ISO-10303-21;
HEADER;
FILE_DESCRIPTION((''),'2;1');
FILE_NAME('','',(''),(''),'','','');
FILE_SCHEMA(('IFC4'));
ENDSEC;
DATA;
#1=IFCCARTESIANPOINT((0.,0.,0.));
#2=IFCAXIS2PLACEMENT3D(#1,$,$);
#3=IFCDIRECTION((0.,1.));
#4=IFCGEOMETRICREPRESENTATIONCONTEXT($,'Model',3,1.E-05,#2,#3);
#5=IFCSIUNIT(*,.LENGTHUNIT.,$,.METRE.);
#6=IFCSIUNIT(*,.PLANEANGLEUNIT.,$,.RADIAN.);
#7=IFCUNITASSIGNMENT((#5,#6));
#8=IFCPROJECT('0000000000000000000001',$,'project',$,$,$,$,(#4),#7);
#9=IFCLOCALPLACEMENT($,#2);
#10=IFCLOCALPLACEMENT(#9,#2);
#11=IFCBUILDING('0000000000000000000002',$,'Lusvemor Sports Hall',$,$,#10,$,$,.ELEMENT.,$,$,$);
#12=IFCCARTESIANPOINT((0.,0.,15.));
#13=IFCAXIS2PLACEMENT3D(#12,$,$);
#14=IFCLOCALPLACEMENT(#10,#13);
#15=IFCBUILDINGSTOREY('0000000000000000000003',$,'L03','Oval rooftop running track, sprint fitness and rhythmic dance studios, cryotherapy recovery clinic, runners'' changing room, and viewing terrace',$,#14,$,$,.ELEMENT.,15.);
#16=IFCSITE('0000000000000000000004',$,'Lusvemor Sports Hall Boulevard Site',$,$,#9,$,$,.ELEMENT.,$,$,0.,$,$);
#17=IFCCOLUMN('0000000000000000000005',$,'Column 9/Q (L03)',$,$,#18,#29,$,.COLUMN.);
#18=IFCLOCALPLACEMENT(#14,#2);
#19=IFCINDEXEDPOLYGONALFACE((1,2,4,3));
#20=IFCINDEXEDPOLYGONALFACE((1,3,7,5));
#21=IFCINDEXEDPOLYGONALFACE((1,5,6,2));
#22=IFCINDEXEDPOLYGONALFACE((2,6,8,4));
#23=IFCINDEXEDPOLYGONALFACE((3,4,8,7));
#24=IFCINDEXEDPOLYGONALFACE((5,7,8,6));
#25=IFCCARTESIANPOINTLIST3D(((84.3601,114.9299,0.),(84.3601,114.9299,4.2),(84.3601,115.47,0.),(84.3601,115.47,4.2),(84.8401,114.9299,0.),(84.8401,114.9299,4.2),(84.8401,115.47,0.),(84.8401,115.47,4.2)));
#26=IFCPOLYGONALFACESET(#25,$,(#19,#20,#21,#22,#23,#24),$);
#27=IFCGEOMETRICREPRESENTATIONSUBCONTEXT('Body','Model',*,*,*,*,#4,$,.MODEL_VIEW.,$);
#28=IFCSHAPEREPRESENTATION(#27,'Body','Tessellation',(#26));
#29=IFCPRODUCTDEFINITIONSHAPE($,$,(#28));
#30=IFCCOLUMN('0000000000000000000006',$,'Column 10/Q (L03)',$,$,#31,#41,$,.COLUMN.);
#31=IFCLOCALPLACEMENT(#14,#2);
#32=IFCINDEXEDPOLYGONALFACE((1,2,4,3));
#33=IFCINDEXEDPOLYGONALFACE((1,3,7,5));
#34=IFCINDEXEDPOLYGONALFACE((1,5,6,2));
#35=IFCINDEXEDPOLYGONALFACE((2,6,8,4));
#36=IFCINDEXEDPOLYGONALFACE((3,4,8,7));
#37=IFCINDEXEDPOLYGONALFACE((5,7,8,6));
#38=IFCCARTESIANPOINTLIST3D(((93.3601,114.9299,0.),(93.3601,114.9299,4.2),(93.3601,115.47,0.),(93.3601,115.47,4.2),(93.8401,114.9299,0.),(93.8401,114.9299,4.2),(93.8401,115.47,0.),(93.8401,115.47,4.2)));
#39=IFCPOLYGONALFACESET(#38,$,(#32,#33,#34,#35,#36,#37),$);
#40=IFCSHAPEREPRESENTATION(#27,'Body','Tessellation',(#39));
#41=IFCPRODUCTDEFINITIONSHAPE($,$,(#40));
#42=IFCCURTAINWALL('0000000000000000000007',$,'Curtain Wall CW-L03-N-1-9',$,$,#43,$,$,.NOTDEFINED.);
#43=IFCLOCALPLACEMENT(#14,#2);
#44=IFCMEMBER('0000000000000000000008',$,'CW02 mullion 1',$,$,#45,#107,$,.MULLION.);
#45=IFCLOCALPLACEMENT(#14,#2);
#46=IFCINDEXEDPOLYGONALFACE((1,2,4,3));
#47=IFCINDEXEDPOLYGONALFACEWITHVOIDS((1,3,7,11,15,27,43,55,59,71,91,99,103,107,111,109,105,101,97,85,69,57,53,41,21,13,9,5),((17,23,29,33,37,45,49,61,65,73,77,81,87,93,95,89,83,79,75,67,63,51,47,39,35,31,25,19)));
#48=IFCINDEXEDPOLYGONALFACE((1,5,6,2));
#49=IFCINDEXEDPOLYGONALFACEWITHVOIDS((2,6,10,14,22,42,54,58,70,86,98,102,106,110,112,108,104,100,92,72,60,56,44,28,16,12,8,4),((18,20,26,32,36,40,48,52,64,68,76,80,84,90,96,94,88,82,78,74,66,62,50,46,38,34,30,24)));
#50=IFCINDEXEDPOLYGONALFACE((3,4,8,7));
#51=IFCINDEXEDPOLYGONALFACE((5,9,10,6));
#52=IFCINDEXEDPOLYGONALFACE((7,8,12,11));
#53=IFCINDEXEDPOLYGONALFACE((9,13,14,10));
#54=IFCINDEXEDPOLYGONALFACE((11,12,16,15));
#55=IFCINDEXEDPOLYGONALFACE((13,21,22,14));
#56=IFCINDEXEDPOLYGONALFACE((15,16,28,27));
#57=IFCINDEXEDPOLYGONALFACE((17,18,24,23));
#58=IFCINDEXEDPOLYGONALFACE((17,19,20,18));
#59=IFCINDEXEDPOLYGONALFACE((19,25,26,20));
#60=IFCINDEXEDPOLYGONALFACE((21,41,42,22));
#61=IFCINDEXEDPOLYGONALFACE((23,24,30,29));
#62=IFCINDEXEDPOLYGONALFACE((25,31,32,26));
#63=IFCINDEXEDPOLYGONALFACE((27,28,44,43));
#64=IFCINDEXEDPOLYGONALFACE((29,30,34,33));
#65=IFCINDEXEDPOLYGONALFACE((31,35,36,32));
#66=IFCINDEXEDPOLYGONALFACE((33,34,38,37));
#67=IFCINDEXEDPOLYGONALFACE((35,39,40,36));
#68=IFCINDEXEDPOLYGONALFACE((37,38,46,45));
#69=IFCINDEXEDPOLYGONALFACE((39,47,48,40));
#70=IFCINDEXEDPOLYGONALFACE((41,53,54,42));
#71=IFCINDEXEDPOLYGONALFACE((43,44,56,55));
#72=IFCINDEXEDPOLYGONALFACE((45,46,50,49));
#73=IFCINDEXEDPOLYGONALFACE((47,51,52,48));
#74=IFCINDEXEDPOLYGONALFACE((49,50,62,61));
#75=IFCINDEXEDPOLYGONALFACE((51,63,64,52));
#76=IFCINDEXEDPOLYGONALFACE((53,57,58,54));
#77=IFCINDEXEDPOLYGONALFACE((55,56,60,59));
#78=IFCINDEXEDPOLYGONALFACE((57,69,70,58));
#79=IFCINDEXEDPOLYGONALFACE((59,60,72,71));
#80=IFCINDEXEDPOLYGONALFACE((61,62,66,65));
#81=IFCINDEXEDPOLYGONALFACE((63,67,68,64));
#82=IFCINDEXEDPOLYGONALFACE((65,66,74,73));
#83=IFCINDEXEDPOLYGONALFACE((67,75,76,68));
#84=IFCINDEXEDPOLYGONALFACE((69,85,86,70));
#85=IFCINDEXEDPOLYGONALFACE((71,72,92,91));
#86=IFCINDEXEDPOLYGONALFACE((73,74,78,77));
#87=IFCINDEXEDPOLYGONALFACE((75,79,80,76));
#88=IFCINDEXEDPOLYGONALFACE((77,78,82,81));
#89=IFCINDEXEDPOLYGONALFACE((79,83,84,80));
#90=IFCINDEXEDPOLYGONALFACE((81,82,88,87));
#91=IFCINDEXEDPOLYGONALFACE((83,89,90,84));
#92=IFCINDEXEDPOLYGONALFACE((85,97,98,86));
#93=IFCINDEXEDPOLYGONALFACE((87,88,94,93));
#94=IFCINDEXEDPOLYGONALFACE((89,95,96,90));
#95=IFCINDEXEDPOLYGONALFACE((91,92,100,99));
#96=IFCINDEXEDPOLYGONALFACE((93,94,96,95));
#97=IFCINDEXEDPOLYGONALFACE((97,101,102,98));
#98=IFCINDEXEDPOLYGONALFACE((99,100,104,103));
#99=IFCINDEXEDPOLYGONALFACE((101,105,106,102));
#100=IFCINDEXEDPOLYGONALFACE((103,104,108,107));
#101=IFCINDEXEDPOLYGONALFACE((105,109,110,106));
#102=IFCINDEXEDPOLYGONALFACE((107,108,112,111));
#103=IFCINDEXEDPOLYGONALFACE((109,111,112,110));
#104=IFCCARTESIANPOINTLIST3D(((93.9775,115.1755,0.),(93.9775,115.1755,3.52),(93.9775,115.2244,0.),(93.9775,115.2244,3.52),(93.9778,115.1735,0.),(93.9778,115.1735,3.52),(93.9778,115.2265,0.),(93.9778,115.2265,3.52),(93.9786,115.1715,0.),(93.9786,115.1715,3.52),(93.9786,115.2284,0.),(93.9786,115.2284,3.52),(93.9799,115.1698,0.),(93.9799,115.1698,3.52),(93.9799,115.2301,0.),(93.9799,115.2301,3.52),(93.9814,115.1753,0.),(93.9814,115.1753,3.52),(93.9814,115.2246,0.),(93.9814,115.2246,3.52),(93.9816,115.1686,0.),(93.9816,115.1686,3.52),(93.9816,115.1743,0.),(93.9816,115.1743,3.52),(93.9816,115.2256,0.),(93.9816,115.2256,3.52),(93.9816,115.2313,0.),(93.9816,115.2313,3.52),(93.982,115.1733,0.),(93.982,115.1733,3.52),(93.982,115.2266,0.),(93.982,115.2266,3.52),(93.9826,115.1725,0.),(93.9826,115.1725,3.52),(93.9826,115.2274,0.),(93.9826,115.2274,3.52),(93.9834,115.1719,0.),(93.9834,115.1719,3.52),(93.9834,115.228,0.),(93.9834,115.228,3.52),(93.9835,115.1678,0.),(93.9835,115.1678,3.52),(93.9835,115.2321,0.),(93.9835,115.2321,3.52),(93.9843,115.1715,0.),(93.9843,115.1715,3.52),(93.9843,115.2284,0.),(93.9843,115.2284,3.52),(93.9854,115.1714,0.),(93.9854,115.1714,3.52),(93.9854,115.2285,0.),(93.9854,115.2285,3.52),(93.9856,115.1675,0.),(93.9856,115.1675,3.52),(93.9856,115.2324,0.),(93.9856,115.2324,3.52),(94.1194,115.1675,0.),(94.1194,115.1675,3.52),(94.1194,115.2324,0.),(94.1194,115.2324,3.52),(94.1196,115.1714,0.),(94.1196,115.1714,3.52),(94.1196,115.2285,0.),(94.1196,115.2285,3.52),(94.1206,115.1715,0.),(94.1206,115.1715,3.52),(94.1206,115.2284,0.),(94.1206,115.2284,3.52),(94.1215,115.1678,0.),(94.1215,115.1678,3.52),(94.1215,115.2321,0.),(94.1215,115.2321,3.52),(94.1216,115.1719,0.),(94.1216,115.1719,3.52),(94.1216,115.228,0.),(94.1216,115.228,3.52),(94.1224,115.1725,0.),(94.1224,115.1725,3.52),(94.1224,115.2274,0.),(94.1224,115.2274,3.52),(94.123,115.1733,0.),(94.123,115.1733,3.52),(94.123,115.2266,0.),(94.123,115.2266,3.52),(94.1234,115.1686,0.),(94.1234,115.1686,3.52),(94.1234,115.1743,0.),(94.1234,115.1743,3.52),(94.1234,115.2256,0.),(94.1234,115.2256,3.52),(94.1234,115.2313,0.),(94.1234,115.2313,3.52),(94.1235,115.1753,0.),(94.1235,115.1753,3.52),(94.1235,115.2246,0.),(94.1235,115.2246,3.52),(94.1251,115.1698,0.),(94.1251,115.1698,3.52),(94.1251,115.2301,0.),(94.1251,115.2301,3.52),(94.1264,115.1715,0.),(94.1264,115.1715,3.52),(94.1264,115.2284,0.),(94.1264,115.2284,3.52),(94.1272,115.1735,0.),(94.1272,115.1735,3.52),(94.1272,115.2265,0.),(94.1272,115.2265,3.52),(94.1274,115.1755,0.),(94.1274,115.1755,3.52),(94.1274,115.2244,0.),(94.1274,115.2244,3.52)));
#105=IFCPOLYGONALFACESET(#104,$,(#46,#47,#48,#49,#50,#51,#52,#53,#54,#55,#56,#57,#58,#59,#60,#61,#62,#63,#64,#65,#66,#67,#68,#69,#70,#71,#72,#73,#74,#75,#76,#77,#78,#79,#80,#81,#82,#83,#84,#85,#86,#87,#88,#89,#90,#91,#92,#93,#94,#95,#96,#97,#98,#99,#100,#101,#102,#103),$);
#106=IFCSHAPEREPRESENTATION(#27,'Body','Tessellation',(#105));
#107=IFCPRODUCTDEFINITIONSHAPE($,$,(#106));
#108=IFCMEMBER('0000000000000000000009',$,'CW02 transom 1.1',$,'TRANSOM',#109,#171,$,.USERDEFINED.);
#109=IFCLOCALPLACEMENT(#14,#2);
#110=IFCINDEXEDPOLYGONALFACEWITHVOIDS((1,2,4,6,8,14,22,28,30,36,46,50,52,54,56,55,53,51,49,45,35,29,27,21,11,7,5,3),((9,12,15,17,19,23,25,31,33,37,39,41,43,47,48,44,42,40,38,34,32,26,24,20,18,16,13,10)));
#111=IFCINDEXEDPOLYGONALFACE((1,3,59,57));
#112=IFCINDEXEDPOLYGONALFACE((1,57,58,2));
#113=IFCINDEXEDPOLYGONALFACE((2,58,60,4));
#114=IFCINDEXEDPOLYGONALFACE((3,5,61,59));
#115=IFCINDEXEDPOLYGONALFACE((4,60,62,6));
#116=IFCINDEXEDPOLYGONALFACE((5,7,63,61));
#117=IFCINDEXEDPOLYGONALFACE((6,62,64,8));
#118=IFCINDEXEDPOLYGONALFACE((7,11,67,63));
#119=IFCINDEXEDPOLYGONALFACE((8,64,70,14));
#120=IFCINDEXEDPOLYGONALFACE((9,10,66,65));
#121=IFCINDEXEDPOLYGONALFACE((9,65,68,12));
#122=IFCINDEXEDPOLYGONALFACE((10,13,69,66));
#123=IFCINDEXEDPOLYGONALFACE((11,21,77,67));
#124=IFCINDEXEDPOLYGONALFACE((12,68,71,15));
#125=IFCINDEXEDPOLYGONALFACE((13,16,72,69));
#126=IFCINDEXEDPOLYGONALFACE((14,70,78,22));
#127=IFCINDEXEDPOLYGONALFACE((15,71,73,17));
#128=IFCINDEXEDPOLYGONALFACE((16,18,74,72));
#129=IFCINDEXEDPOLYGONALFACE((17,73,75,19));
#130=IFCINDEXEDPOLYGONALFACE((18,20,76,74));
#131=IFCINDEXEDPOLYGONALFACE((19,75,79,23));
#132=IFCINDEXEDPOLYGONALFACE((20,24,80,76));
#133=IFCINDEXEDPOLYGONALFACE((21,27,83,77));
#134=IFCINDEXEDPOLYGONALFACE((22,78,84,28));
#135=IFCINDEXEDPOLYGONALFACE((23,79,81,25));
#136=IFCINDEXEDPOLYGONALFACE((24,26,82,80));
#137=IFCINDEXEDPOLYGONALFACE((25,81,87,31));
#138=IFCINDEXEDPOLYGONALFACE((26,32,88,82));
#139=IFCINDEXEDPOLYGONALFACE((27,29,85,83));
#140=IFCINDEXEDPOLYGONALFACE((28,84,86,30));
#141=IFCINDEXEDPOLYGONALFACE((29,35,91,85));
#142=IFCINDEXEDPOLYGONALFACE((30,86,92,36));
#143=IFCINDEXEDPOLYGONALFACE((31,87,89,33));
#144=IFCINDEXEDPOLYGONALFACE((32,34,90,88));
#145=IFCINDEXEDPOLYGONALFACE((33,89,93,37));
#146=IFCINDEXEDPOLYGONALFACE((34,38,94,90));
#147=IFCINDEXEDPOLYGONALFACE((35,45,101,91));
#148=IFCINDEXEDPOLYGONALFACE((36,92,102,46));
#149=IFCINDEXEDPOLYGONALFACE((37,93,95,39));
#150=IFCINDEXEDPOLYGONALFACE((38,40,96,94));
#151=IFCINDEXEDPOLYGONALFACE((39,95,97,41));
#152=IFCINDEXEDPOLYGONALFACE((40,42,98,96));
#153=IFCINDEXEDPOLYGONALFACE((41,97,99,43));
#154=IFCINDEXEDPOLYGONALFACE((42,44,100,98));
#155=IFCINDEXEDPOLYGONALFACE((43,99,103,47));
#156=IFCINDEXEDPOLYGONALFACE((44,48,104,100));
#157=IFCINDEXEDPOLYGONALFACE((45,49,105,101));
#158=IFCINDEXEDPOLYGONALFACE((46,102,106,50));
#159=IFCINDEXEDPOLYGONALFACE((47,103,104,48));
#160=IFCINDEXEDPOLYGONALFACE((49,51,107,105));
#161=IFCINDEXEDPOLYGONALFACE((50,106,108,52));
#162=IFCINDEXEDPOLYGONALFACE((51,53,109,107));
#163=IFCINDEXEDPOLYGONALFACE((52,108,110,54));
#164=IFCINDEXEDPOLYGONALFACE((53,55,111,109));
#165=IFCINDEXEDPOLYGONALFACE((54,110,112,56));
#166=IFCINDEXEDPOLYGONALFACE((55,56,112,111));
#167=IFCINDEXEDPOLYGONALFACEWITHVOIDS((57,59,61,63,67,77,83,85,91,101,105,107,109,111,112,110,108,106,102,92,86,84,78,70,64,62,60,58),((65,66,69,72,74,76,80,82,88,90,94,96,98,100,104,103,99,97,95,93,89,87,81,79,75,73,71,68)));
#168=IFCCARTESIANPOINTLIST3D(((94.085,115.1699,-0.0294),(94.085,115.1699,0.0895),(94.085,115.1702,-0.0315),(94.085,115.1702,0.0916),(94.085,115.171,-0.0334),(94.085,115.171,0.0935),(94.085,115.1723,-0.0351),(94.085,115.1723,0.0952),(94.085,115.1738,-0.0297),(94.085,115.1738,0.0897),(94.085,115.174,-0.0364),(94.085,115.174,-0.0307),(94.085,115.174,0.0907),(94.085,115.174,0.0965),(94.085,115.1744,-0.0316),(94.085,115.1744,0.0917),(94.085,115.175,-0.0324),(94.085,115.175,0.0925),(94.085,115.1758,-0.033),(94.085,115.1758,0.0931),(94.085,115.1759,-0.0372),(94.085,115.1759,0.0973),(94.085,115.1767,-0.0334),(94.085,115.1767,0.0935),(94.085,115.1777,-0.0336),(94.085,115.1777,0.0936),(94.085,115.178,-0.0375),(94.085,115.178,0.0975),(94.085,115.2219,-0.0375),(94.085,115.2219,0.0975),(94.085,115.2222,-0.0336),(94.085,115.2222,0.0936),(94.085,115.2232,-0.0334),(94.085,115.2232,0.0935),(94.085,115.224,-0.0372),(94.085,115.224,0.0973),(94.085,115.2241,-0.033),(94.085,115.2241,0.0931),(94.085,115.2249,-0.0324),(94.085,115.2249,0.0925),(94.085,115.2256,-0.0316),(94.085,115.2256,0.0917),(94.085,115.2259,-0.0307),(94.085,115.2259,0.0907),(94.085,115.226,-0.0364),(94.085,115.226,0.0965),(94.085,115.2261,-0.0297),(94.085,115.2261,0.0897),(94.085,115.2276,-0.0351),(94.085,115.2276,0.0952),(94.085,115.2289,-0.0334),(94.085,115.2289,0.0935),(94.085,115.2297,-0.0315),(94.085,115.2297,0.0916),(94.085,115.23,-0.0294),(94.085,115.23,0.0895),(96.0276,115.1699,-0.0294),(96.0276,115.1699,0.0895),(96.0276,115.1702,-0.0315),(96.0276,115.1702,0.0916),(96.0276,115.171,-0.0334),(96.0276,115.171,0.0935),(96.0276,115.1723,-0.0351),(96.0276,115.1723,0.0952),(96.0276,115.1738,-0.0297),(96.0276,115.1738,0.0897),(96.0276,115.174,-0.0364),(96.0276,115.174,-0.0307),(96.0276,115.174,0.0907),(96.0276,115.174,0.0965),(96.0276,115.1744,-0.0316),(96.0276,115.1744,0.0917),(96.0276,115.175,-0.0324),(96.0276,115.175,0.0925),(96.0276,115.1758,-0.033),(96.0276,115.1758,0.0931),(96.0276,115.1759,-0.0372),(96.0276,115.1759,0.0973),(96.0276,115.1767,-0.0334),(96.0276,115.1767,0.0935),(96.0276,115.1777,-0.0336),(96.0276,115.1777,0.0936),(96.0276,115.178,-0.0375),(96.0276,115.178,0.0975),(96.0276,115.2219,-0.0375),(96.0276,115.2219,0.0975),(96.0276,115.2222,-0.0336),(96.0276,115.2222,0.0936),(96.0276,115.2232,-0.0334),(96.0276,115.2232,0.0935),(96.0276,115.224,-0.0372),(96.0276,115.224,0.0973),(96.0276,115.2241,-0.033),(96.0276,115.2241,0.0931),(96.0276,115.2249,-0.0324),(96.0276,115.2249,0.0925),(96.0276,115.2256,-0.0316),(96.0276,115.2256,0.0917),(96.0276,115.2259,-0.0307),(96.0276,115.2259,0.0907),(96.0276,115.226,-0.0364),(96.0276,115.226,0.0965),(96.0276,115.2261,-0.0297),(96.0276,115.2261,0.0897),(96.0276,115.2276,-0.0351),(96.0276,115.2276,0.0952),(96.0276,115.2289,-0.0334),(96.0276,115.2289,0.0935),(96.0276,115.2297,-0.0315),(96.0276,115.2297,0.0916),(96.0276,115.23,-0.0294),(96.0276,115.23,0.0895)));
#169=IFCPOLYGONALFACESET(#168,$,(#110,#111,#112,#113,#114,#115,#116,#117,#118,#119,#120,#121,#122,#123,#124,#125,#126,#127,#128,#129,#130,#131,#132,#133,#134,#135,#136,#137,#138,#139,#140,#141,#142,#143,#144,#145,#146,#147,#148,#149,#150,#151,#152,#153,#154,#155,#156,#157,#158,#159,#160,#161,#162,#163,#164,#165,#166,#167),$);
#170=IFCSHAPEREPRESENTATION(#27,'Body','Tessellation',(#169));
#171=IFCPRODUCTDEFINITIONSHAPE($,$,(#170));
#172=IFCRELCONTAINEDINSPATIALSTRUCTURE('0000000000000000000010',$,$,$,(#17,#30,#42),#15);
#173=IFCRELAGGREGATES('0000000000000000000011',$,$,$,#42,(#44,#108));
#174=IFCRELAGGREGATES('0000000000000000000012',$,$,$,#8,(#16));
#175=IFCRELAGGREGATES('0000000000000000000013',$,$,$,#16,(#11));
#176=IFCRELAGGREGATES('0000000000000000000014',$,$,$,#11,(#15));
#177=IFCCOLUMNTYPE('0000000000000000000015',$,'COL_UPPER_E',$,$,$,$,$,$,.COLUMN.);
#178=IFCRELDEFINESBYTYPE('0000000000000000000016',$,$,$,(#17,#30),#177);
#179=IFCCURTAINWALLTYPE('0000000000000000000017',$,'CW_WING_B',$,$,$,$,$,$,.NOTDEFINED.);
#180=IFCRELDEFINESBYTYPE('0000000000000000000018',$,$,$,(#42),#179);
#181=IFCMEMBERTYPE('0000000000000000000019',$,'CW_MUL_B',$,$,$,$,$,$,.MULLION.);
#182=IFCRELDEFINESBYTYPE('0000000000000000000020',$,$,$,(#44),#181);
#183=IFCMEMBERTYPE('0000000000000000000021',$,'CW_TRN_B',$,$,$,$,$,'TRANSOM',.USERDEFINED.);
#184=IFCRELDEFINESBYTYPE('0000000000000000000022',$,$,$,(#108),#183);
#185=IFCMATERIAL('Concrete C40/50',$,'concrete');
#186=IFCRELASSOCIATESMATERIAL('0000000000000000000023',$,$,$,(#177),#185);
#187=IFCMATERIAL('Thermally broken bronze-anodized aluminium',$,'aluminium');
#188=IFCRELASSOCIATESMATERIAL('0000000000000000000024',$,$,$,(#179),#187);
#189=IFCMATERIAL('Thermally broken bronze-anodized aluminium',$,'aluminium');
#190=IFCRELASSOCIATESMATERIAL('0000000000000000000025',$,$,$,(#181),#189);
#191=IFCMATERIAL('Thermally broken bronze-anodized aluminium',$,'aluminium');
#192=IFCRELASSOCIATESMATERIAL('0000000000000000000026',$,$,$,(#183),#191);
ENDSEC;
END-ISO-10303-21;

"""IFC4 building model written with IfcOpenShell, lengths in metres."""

from ifc_helpers import new_model, si_unit, direction, frame, origin, origin_2d, place, context, subcontext, project, spatial, rectangle, hollow_rectangle, extrude, material, material_profile, profile_set, type_object, element, aggregate, save


model = new_model("IFC4")

# Units and contexts
model_context = context("Model", 3, precision=1e-05, world=origin(), true_north=direction((0.0, 1.0)))
body_context = subcontext(model_context, "Body", "Model", "MODEL_VIEW")
ifc_project = project(units=[si_unit("LENGTHUNIT", "METRE"), si_unit("PLANEANGLEUNIT", "RADIAN")], contexts=[model_context])

# Site, building, storey
site_placement = place(None, origin())
site = spatial("IfcSite", under=ifc_project, at=site_placement, Name="Lusvemor Sports Hall Boulevard Site", CompositionType="ELEMENT", RefElevation=0.0)
building_placement = place(site_placement, origin())
building = spatial("IfcBuilding", under=site, at=building_placement, Name="Lusvemor Sports Hall", CompositionType="ELEMENT")
storey_placement = place(building_placement, frame((0.0, 0.0, 15.0)))
storey = spatial("IfcBuildingStorey", under=building, at=storey_placement, Name="L03", Description="Oval rooftop running track, sprint fitness and rhythmic dance studios, cryotherapy recovery clinic, runners' changing room, and viewing terrace", CompositionType="ELEMENT", Elevation=15.0)

# Columns
ifc_material_1 = material(Name="Concrete C40/50", Category="concrete")
ifc_material_profile_1 = material_profile(ifc_material_1, rectangle(XDim=0.48, YDim=0.54, at=origin_2d()), Name="RC480x540")
ifc_profile_set_1 = profile_set([ifc_material_profile_1], Name="Concrete C40/50")
column_type = type_object("IfcColumnType", Name="COL_UPPER_E", PredefinedType="COLUMN", material=ifc_profile_set_1)
for number, where, z_axis, x_axis, name in (
    (1, (84.6001, 115.2, 0.0), (0.0, 0.0, 1.0), (1.0, 0.0, 0.0), "Column 9/Q (L03)"),
    (2, (93.6001, 115.2, 0.0), (0.0, 0.0, 1.0), (1.0, 0.0, 0.0), "Column 10/Q (L03)"),
):
    element("IfcColumn", number, at=place(storey_placement, frame(where, z_axis=z_axis, x_axis=x_axis)), inside=storey, type_object=column_type, Name=name, PredefinedType="COLUMN", context=body_context, shape_type="SweptSolid", body=[
        extrude(rectangle(XDim=0.48, YDim=0.54, at=origin_2d()), origin(), (0.0, 0.0, 1.0), 4.2),
    ])

# Curtain wall, members
ifc_material_2 = material(Name="Thermally broken bronze-anodized aluminium", Category="aluminium")
curtain_wall_type = type_object("IfcCurtainWallType", Name="CW_WING_B", PredefinedType="NOTDEFINED", material=ifc_material_2)
curtain_wall_placement = place(storey_placement, origin())
curtain_wall = element("IfcCurtainWall", 3, at=curtain_wall_placement, inside=storey, type_object=curtain_wall_type, Name="Curtain Wall CW-L03-N-1-9", PredefinedType="NOTDEFINED")
ifc_material_3 = material(Name="Thermally broken bronze-anodized aluminium", Category="aluminium")
ifc_material_profile_2 = material_profile(ifc_material_3, hollow_rectangle(XDim=0.0649, YDim=0.1499, WallThickness=0.0039, InnerFilletRadius=0.0039, OuterFilletRadius=0.0081, at=origin_2d()), Name="CWMUL150x65x4")
ifc_profile_set_2 = profile_set([ifc_material_profile_2], Name="Thermally broken bronze-anodized aluminium")
member_type_1 = type_object("IfcMemberType", Name="CW_MUL_B", PredefinedType="MULLION", material=ifc_profile_set_2)
member_1_placement = place(storey_placement, frame((94.0525, 115.2, 0.0), z_axis=(0.0, 0.0, 1.0), x_axis=(0.0, 1.0, 0.0)))
member_1 = element("IfcMember", 4, at=member_1_placement, type_object=member_type_1, Name="CW02 mullion 1", PredefinedType="MULLION", context=body_context, shape_type="SweptSolid", body=[
    extrude(hollow_rectangle(XDim=0.0649, YDim=0.1499, WallThickness=0.0039, InnerFilletRadius=0.0039, OuterFilletRadius=0.0081, at=origin_2d()), origin(), (0.0, 0.0, 1.0), 3.52),
])
ifc_material_4 = material(Name="Thermally broken bronze-anodized aluminium", Category="aluminium")
ifc_material_profile_3 = material_profile(ifc_material_4, hollow_rectangle(XDim=0.0601, YDim=0.135, WallThickness=0.0039, InnerFilletRadius=0.0039, OuterFilletRadius=0.0081, at=origin_2d()), Name="CWTRN135x60x4")
ifc_profile_set_3 = profile_set([ifc_material_profile_3], Name="Thermally broken bronze-anodized aluminium")
member_type_2 = type_object("IfcMemberType", Name="CW_TRN_B", ElementType="TRANSOM", PredefinedType="USERDEFINED", material=ifc_profile_set_3)
member_2_placement = place(storey_placement, frame((94.085, 115.2, 0.03), z_axis=(1.0, 0.0, 0.0), x_axis=(0.0, 1.0, 0.0)))
member_2 = element("IfcMember", 5, at=member_2_placement, type_object=member_type_2, Name="CW02 transom 1.1", ObjectType="TRANSOM", PredefinedType="USERDEFINED", context=body_context, shape_type="SweptSolid", body=[
    extrude(hollow_rectangle(XDim=0.0601, YDim=0.135, WallThickness=0.0039, InnerFilletRadius=0.0039, OuterFilletRadius=0.0081, at=origin_2d()), origin(), (0.0, 0.0, 1.0), 1.9426),
])

aggregate(curtain_wall, [member_1, member_2])

save(model, "model.ifc")
